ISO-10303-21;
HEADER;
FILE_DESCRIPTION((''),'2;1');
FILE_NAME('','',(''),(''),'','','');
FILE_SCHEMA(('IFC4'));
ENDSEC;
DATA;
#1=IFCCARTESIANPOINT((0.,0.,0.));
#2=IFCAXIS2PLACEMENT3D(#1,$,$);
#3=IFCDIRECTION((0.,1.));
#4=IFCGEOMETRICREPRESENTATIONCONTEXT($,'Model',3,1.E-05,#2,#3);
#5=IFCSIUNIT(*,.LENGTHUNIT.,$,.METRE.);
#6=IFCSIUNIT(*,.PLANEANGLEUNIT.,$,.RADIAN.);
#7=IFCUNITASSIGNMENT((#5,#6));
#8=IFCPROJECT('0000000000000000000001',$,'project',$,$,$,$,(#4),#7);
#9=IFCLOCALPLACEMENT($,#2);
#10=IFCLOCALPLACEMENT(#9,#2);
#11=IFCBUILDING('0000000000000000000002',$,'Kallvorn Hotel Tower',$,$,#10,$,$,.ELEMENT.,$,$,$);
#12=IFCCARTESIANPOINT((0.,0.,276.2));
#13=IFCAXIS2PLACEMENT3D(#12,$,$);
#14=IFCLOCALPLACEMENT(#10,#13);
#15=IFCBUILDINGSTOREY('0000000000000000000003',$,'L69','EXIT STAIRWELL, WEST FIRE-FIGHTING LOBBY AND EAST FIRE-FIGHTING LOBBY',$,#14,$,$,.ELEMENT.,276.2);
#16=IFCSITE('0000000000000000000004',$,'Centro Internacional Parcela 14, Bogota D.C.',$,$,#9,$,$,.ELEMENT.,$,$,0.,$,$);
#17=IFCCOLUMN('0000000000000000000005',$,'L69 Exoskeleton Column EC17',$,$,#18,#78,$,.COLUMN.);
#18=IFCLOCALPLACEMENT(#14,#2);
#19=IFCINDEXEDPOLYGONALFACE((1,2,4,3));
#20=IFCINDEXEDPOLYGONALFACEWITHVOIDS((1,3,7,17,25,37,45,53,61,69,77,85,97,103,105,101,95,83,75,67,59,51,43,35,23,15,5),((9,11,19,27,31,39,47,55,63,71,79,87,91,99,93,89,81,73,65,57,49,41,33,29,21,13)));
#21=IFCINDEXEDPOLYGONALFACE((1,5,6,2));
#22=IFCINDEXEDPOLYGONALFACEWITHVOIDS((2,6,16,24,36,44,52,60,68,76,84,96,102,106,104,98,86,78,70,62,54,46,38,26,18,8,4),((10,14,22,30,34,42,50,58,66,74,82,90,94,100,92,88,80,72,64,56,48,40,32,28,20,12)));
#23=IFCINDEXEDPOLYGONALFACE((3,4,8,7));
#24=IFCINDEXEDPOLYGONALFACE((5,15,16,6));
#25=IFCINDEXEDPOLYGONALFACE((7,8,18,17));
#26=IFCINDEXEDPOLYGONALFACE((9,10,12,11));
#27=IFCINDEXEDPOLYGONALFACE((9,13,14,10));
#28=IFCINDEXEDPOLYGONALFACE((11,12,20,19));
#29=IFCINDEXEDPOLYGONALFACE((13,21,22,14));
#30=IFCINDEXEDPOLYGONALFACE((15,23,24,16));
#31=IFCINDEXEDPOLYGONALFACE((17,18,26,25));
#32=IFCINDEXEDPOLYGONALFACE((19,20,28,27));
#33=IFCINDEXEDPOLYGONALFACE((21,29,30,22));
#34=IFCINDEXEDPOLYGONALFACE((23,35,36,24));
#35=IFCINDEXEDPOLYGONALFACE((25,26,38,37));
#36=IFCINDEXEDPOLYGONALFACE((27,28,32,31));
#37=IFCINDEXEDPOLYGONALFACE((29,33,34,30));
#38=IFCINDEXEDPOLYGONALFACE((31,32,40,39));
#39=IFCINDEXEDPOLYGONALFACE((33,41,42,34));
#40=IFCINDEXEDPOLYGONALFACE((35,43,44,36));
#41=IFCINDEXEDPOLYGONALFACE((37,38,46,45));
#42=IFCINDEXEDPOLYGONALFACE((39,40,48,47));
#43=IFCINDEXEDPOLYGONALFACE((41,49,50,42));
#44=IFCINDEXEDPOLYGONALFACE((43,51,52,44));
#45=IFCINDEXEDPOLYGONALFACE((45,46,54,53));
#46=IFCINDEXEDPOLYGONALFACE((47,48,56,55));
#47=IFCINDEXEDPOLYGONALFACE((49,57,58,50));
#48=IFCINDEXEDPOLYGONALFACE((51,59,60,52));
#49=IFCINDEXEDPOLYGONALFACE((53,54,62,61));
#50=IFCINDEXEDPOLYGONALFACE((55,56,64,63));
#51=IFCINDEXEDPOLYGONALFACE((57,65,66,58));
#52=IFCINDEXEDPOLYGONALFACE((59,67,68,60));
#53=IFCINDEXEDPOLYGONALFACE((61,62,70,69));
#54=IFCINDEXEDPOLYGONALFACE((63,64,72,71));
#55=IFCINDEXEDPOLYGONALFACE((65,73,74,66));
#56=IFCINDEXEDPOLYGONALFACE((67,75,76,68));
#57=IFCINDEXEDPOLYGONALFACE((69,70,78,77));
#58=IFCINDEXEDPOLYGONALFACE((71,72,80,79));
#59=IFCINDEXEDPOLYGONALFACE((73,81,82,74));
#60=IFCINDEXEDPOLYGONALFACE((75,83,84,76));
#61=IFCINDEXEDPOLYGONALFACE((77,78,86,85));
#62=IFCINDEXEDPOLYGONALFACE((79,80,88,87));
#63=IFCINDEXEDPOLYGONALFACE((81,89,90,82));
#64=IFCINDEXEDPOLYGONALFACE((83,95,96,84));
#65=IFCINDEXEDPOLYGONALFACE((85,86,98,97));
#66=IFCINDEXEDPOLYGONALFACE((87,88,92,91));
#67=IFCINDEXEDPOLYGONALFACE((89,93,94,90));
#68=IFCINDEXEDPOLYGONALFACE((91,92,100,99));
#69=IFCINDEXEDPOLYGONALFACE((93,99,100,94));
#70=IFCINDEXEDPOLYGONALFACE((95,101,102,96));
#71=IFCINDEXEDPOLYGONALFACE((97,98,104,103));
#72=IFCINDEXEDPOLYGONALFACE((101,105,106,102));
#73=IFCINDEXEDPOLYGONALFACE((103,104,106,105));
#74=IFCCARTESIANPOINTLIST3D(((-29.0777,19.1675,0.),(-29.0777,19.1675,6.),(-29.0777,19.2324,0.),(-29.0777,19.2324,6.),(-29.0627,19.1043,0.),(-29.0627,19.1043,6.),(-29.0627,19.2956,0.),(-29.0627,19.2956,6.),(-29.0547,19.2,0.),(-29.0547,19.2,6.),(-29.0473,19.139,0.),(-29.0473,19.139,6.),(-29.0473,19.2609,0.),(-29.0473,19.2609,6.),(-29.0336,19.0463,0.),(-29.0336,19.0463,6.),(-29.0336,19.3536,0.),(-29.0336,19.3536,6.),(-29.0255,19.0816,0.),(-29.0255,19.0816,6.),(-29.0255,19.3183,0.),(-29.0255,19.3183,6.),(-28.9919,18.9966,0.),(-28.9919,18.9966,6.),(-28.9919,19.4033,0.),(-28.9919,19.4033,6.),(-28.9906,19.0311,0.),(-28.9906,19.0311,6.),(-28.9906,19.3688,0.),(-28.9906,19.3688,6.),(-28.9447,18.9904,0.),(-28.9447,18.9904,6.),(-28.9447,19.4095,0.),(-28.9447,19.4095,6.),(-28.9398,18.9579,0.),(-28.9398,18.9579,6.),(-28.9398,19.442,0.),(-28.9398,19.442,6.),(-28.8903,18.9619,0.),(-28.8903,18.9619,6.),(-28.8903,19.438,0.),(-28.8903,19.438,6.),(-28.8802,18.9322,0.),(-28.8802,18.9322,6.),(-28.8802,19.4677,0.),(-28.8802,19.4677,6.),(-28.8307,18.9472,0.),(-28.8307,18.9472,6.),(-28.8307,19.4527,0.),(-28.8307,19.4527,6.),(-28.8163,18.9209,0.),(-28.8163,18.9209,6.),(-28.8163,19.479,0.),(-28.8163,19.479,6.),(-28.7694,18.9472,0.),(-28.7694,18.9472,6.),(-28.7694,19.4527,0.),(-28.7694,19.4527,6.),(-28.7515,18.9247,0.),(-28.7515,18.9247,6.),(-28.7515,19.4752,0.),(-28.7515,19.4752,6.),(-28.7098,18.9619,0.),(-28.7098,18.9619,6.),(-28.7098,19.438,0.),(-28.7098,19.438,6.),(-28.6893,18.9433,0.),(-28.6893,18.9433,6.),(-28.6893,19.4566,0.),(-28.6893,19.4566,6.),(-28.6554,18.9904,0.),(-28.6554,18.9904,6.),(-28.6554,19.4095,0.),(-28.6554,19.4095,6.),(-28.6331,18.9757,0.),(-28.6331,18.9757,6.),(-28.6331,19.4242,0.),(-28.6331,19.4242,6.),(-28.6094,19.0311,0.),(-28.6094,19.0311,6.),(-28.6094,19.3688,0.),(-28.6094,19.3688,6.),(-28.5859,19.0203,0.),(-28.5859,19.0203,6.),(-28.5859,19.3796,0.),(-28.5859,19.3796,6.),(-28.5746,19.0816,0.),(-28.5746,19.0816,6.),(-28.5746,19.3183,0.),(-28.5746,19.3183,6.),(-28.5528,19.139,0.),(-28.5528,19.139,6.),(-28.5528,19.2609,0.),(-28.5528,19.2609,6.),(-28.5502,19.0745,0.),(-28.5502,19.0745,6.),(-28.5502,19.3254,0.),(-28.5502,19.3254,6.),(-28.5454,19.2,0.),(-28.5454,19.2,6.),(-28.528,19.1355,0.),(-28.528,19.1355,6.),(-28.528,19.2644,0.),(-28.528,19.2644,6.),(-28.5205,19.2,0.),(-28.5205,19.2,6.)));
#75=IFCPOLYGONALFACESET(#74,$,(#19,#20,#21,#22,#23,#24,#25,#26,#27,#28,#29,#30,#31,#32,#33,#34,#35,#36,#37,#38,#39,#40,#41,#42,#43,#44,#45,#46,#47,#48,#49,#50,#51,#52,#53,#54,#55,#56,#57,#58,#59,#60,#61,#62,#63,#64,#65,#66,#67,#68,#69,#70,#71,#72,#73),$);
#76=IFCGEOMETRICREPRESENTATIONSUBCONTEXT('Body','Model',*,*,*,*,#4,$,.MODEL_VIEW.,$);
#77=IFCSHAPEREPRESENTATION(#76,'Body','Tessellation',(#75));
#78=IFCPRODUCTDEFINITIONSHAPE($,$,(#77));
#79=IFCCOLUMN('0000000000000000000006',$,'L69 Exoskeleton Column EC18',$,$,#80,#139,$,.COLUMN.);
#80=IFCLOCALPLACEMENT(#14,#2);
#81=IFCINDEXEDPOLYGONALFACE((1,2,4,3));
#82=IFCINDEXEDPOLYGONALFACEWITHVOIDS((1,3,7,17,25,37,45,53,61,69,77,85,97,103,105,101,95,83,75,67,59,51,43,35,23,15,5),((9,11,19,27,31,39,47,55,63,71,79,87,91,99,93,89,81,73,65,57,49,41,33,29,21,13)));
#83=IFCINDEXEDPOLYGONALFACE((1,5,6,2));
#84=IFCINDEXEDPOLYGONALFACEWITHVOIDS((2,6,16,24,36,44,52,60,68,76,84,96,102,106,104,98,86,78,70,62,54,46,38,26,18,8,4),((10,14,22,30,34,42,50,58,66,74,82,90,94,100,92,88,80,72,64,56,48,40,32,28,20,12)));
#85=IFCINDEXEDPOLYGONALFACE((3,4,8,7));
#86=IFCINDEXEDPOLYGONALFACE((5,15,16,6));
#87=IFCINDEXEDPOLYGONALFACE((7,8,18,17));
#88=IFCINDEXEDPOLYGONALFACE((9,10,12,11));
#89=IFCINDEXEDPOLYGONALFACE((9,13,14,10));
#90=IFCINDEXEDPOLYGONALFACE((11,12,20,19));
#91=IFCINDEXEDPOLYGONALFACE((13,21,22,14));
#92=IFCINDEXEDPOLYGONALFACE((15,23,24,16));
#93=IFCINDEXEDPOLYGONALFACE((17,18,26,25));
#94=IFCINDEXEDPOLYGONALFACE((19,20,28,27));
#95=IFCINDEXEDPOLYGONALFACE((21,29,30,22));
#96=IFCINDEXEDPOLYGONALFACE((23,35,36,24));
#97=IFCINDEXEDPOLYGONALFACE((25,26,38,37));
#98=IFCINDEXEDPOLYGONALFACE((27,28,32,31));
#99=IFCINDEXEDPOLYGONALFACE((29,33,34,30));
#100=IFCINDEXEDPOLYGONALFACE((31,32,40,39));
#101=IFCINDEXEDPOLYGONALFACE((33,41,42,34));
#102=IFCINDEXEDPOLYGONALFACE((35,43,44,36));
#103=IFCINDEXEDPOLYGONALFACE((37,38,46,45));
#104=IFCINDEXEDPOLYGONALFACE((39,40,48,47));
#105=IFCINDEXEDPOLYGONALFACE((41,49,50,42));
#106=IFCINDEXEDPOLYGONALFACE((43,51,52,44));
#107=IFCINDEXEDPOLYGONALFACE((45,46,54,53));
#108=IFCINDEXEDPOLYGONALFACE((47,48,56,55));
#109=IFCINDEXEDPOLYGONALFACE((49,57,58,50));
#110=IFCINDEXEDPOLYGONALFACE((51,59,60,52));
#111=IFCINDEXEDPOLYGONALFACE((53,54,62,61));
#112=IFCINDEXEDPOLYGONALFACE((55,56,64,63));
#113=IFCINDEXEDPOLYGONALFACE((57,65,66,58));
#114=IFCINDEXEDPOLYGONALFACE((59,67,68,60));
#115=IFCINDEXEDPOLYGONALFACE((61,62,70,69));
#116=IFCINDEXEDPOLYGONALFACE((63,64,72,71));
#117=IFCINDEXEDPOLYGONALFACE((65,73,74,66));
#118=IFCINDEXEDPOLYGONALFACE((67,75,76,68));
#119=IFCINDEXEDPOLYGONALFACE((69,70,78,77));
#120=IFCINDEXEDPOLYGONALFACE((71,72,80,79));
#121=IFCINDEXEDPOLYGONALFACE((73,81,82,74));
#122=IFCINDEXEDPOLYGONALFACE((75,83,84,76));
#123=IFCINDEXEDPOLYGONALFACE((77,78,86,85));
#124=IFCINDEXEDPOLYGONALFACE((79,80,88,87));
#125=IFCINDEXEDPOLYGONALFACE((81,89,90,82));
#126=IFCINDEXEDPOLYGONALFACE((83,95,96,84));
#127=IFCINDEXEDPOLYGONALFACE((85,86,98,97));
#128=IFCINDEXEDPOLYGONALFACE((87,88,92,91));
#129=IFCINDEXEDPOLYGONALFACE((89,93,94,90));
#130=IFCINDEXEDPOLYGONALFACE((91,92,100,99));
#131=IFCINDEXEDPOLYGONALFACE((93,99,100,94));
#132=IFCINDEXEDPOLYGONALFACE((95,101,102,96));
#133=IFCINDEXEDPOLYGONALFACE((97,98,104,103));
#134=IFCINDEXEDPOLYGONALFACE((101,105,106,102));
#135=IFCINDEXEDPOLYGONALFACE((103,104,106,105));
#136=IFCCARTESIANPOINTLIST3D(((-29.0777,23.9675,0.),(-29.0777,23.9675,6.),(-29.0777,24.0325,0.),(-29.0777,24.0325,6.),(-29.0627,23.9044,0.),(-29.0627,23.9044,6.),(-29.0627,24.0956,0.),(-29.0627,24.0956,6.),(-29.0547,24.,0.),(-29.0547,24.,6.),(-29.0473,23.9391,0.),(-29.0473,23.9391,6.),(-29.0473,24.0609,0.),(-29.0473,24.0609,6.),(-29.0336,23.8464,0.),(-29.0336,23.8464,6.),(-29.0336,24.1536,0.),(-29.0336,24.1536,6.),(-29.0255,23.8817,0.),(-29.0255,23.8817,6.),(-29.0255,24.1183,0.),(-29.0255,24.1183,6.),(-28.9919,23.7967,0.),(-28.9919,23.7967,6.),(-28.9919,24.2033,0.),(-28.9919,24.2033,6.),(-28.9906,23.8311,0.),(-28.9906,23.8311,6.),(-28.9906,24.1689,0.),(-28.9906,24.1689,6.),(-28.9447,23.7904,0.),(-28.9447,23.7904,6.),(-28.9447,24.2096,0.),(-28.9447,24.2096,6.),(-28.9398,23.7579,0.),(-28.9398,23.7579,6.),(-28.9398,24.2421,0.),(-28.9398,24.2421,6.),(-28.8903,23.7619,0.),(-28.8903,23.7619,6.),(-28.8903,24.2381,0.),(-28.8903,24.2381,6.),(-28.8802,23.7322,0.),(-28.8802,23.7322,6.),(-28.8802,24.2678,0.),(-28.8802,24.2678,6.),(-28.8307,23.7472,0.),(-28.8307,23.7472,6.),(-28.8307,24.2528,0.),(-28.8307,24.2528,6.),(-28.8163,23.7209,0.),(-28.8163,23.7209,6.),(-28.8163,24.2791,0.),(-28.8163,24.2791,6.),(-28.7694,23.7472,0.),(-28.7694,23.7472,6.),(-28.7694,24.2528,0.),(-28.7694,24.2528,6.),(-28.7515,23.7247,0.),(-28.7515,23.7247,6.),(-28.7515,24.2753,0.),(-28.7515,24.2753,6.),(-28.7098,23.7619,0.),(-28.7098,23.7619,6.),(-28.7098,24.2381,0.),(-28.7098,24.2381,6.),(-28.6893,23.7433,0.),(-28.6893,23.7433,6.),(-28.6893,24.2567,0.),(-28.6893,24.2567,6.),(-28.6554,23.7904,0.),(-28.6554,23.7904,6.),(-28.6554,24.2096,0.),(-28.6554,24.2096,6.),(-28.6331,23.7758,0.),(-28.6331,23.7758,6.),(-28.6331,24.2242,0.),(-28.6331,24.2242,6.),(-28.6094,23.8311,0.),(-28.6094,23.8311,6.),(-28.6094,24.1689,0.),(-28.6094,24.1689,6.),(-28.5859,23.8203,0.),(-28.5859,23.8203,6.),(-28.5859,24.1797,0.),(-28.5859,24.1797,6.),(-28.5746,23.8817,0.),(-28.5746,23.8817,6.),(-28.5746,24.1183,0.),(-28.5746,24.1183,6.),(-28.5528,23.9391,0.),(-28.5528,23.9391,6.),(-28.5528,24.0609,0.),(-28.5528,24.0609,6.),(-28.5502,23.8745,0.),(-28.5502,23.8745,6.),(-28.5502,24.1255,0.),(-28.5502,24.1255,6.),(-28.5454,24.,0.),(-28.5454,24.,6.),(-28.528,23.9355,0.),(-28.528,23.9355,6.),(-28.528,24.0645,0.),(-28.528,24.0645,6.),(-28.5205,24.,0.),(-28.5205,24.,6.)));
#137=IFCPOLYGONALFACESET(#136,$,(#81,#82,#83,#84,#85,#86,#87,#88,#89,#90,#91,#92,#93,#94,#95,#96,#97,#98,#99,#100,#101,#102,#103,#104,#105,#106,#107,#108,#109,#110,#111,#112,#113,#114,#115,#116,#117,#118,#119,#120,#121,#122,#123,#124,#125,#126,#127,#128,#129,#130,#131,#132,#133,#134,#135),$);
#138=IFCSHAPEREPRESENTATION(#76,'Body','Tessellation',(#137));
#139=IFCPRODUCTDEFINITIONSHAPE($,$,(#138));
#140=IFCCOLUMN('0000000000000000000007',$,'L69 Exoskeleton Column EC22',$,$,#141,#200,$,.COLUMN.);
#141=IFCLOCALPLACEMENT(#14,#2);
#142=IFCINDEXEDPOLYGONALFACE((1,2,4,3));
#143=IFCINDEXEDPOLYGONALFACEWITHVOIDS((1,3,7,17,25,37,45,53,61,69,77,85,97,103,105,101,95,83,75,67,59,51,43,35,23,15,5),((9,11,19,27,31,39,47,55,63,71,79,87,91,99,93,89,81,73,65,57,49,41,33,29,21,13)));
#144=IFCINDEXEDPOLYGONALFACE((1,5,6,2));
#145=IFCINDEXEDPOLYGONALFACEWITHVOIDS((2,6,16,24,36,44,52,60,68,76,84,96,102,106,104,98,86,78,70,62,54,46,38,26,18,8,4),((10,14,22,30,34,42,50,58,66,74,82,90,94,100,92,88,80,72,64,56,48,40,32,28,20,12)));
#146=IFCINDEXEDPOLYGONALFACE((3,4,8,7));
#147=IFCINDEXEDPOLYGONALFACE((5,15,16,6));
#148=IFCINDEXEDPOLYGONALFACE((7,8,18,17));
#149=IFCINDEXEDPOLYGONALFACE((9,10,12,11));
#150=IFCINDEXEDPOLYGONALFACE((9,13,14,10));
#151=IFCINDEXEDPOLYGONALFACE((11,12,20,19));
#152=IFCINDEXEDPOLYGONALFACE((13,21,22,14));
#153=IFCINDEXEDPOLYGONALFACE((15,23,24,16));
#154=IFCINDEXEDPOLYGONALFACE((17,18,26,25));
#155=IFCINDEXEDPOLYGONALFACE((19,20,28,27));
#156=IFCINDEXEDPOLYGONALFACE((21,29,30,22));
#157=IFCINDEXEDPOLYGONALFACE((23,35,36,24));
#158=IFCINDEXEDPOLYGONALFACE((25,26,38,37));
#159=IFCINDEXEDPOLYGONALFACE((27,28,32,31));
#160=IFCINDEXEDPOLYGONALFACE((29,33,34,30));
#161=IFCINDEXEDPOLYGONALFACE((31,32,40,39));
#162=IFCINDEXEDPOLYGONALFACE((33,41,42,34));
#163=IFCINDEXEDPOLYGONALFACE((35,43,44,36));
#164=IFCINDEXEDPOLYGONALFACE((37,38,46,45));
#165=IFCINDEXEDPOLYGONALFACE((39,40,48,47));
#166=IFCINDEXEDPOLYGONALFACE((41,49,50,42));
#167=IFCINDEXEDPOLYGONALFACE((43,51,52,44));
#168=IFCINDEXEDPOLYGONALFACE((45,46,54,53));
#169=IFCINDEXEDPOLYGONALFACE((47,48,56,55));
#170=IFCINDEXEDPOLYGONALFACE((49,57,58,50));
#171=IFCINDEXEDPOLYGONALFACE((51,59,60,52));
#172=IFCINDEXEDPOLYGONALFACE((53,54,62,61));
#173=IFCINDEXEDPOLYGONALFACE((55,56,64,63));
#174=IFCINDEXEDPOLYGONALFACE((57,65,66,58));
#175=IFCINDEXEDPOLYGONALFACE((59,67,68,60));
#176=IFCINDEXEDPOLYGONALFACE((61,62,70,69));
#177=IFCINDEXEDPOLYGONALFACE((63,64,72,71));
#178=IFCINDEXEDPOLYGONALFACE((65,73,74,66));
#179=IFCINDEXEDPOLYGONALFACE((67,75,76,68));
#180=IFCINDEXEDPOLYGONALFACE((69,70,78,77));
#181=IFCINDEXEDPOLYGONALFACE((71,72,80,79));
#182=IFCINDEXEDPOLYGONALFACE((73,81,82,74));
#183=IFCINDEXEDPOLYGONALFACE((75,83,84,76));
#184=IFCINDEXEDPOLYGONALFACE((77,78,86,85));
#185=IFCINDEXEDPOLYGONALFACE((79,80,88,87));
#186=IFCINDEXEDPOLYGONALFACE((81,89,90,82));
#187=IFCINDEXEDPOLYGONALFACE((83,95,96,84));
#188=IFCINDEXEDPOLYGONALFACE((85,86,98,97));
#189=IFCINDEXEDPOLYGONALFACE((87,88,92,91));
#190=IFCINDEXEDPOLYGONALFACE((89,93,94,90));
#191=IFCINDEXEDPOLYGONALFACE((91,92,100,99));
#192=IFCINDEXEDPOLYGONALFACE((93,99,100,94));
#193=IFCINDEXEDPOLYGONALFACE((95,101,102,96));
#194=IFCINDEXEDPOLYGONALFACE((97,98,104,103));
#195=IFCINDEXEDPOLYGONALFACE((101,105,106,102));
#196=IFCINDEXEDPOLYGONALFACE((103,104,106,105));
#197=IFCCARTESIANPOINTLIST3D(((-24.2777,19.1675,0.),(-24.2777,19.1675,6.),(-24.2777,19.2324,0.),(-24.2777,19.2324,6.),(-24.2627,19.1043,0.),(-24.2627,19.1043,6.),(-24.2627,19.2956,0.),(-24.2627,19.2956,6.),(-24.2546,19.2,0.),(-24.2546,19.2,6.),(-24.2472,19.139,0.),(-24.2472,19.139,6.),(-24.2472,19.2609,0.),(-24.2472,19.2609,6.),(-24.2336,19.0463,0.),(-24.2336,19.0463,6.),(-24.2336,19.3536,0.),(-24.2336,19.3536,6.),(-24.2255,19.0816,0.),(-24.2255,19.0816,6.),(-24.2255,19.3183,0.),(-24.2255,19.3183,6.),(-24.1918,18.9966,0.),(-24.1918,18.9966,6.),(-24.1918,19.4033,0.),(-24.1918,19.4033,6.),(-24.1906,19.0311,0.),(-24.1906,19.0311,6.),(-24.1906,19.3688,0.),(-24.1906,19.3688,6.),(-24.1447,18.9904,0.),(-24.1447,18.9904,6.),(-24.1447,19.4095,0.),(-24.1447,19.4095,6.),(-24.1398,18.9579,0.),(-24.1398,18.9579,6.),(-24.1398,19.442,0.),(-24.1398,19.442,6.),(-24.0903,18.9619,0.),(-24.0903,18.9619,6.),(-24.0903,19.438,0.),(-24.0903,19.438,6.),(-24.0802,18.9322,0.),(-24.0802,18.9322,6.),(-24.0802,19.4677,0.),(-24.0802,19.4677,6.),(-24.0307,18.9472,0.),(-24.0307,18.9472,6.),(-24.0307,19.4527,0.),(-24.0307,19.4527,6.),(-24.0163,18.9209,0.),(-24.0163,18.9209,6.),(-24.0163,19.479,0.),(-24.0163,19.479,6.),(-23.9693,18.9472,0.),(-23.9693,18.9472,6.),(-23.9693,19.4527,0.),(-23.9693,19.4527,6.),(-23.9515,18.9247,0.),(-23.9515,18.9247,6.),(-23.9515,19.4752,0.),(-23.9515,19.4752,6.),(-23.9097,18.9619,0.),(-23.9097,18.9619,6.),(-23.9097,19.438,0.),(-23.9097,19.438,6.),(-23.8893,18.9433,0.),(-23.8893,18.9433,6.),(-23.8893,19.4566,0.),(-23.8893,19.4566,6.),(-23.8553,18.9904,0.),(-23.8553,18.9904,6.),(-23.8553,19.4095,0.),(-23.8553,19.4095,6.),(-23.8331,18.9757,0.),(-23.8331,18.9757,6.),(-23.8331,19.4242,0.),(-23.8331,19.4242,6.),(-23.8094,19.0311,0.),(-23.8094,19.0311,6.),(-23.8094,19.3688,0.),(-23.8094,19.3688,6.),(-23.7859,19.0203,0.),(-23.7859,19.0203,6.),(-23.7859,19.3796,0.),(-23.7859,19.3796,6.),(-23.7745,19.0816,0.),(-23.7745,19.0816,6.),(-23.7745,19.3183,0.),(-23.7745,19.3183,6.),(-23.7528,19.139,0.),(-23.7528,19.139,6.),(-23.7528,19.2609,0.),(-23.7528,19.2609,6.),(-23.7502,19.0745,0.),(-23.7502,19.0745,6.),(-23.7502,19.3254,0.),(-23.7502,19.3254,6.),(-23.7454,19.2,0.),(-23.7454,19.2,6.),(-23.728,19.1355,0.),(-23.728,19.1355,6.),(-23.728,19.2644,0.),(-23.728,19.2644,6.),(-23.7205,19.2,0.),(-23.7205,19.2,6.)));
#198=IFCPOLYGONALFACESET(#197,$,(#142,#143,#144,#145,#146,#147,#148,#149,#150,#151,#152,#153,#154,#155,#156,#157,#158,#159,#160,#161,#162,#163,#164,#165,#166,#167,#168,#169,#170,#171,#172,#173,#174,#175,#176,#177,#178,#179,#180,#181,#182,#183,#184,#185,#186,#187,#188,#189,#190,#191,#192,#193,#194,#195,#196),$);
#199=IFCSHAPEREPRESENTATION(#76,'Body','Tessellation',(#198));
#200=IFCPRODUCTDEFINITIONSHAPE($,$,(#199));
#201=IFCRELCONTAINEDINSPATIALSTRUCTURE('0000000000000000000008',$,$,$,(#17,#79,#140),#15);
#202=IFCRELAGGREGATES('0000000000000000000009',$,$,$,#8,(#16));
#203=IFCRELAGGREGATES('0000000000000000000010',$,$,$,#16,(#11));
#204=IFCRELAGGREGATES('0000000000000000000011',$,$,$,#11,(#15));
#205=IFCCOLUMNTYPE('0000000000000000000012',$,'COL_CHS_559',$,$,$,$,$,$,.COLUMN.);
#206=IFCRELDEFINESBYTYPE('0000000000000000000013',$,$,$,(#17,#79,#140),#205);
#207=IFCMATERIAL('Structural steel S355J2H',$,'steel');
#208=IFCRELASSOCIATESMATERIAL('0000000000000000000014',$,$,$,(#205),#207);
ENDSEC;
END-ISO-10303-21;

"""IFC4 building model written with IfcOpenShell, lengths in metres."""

from ifc_helpers import new_model, si_unit, direction, frame, origin, origin_2d, place, context, subcontext, project, spatial, hollow_circle, extrude, material, material_profile, profile_set, type_object, element, save


model = new_model("IFC4")

# Units and contexts
model_context = context("Model", 3, precision=1e-05, world=origin(), true_north=direction((0.0, 1.0)))
body_context = subcontext(model_context, "Body", "Model", "MODEL_VIEW")
ifc_project = project(units=[si_unit("LENGTHUNIT", "METRE"), si_unit("PLANEANGLEUNIT", "RADIAN")], contexts=[model_context])

# Site, building, storey
site_placement = place(None, origin())
site = spatial("IfcSite", under=ifc_project, at=site_placement, Name="Centro Internacional Parcela 14, Bogota D.C.", CompositionType="ELEMENT", RefElevation=0.0)
building_placement = place(site_placement, origin())
building = spatial("IfcBuilding", under=site, at=building_placement, Name="Kallvorn Hotel Tower", CompositionType="ELEMENT")
storey_placement = place(building_placement, frame((0.0, 0.0, 276.2)))
storey = spatial("IfcBuildingStorey", under=building, at=storey_placement, Name="L69", Description="EXIT STAIRWELL, WEST FIRE-FIGHTING LOBBY AND EAST FIRE-FIGHTING LOBBY", CompositionType="ELEMENT", Elevation=276.2)

# Columns
ifc_material_1 = material(Name="Structural steel S355J2H", Category="steel")
ifc_material_profile_1 = material_profile(ifc_material_1, hollow_circle(Radius=0.2795, WallThickness=0.0249, at=origin_2d()), Name="CHS 559x25")
ifc_profile_set_1 = profile_set([ifc_material_profile_1], Name="Structural steel S355J2H")
column_type_1 = type_object("IfcColumnType", Name="COL_CHS_559", PredefinedType="COLUMN", material=ifc_profile_set_1)
for number, where, z_axis, x_axis, name in (
    (1, (-28.8, 19.2, 0.0), (0.0, 0.0, 1.0), (1.0, 0.0, 0.0), "L69 Exoskeleton Column EC17"),
    (2, (-28.8, 24.0, 0.0), (0.0, 0.0, 1.0), (1.0, 0.0, 0.0), "L69 Exoskeleton Column EC18"),
    (3, (-24.0, 19.2, 0.0), (0.0, 0.0, 1.0), (1.0, 0.0, 0.0), "L69 Exoskeleton Column EC22"),
):
    element("IfcColumn", number, at=place(storey_placement, frame(where, z_axis=z_axis, x_axis=x_axis)), inside=storey, type_object=column_type_1, Name=name, PredefinedType="COLUMN", context=body_context, shape_type="SweptSolid", body=[
        extrude(hollow_circle(Radius=0.2795, WallThickness=0.0249, at=origin_2d()), origin(), (0.0, 0.0, 1.0), 6.0),
    ])

save(model, "model.ifc")
